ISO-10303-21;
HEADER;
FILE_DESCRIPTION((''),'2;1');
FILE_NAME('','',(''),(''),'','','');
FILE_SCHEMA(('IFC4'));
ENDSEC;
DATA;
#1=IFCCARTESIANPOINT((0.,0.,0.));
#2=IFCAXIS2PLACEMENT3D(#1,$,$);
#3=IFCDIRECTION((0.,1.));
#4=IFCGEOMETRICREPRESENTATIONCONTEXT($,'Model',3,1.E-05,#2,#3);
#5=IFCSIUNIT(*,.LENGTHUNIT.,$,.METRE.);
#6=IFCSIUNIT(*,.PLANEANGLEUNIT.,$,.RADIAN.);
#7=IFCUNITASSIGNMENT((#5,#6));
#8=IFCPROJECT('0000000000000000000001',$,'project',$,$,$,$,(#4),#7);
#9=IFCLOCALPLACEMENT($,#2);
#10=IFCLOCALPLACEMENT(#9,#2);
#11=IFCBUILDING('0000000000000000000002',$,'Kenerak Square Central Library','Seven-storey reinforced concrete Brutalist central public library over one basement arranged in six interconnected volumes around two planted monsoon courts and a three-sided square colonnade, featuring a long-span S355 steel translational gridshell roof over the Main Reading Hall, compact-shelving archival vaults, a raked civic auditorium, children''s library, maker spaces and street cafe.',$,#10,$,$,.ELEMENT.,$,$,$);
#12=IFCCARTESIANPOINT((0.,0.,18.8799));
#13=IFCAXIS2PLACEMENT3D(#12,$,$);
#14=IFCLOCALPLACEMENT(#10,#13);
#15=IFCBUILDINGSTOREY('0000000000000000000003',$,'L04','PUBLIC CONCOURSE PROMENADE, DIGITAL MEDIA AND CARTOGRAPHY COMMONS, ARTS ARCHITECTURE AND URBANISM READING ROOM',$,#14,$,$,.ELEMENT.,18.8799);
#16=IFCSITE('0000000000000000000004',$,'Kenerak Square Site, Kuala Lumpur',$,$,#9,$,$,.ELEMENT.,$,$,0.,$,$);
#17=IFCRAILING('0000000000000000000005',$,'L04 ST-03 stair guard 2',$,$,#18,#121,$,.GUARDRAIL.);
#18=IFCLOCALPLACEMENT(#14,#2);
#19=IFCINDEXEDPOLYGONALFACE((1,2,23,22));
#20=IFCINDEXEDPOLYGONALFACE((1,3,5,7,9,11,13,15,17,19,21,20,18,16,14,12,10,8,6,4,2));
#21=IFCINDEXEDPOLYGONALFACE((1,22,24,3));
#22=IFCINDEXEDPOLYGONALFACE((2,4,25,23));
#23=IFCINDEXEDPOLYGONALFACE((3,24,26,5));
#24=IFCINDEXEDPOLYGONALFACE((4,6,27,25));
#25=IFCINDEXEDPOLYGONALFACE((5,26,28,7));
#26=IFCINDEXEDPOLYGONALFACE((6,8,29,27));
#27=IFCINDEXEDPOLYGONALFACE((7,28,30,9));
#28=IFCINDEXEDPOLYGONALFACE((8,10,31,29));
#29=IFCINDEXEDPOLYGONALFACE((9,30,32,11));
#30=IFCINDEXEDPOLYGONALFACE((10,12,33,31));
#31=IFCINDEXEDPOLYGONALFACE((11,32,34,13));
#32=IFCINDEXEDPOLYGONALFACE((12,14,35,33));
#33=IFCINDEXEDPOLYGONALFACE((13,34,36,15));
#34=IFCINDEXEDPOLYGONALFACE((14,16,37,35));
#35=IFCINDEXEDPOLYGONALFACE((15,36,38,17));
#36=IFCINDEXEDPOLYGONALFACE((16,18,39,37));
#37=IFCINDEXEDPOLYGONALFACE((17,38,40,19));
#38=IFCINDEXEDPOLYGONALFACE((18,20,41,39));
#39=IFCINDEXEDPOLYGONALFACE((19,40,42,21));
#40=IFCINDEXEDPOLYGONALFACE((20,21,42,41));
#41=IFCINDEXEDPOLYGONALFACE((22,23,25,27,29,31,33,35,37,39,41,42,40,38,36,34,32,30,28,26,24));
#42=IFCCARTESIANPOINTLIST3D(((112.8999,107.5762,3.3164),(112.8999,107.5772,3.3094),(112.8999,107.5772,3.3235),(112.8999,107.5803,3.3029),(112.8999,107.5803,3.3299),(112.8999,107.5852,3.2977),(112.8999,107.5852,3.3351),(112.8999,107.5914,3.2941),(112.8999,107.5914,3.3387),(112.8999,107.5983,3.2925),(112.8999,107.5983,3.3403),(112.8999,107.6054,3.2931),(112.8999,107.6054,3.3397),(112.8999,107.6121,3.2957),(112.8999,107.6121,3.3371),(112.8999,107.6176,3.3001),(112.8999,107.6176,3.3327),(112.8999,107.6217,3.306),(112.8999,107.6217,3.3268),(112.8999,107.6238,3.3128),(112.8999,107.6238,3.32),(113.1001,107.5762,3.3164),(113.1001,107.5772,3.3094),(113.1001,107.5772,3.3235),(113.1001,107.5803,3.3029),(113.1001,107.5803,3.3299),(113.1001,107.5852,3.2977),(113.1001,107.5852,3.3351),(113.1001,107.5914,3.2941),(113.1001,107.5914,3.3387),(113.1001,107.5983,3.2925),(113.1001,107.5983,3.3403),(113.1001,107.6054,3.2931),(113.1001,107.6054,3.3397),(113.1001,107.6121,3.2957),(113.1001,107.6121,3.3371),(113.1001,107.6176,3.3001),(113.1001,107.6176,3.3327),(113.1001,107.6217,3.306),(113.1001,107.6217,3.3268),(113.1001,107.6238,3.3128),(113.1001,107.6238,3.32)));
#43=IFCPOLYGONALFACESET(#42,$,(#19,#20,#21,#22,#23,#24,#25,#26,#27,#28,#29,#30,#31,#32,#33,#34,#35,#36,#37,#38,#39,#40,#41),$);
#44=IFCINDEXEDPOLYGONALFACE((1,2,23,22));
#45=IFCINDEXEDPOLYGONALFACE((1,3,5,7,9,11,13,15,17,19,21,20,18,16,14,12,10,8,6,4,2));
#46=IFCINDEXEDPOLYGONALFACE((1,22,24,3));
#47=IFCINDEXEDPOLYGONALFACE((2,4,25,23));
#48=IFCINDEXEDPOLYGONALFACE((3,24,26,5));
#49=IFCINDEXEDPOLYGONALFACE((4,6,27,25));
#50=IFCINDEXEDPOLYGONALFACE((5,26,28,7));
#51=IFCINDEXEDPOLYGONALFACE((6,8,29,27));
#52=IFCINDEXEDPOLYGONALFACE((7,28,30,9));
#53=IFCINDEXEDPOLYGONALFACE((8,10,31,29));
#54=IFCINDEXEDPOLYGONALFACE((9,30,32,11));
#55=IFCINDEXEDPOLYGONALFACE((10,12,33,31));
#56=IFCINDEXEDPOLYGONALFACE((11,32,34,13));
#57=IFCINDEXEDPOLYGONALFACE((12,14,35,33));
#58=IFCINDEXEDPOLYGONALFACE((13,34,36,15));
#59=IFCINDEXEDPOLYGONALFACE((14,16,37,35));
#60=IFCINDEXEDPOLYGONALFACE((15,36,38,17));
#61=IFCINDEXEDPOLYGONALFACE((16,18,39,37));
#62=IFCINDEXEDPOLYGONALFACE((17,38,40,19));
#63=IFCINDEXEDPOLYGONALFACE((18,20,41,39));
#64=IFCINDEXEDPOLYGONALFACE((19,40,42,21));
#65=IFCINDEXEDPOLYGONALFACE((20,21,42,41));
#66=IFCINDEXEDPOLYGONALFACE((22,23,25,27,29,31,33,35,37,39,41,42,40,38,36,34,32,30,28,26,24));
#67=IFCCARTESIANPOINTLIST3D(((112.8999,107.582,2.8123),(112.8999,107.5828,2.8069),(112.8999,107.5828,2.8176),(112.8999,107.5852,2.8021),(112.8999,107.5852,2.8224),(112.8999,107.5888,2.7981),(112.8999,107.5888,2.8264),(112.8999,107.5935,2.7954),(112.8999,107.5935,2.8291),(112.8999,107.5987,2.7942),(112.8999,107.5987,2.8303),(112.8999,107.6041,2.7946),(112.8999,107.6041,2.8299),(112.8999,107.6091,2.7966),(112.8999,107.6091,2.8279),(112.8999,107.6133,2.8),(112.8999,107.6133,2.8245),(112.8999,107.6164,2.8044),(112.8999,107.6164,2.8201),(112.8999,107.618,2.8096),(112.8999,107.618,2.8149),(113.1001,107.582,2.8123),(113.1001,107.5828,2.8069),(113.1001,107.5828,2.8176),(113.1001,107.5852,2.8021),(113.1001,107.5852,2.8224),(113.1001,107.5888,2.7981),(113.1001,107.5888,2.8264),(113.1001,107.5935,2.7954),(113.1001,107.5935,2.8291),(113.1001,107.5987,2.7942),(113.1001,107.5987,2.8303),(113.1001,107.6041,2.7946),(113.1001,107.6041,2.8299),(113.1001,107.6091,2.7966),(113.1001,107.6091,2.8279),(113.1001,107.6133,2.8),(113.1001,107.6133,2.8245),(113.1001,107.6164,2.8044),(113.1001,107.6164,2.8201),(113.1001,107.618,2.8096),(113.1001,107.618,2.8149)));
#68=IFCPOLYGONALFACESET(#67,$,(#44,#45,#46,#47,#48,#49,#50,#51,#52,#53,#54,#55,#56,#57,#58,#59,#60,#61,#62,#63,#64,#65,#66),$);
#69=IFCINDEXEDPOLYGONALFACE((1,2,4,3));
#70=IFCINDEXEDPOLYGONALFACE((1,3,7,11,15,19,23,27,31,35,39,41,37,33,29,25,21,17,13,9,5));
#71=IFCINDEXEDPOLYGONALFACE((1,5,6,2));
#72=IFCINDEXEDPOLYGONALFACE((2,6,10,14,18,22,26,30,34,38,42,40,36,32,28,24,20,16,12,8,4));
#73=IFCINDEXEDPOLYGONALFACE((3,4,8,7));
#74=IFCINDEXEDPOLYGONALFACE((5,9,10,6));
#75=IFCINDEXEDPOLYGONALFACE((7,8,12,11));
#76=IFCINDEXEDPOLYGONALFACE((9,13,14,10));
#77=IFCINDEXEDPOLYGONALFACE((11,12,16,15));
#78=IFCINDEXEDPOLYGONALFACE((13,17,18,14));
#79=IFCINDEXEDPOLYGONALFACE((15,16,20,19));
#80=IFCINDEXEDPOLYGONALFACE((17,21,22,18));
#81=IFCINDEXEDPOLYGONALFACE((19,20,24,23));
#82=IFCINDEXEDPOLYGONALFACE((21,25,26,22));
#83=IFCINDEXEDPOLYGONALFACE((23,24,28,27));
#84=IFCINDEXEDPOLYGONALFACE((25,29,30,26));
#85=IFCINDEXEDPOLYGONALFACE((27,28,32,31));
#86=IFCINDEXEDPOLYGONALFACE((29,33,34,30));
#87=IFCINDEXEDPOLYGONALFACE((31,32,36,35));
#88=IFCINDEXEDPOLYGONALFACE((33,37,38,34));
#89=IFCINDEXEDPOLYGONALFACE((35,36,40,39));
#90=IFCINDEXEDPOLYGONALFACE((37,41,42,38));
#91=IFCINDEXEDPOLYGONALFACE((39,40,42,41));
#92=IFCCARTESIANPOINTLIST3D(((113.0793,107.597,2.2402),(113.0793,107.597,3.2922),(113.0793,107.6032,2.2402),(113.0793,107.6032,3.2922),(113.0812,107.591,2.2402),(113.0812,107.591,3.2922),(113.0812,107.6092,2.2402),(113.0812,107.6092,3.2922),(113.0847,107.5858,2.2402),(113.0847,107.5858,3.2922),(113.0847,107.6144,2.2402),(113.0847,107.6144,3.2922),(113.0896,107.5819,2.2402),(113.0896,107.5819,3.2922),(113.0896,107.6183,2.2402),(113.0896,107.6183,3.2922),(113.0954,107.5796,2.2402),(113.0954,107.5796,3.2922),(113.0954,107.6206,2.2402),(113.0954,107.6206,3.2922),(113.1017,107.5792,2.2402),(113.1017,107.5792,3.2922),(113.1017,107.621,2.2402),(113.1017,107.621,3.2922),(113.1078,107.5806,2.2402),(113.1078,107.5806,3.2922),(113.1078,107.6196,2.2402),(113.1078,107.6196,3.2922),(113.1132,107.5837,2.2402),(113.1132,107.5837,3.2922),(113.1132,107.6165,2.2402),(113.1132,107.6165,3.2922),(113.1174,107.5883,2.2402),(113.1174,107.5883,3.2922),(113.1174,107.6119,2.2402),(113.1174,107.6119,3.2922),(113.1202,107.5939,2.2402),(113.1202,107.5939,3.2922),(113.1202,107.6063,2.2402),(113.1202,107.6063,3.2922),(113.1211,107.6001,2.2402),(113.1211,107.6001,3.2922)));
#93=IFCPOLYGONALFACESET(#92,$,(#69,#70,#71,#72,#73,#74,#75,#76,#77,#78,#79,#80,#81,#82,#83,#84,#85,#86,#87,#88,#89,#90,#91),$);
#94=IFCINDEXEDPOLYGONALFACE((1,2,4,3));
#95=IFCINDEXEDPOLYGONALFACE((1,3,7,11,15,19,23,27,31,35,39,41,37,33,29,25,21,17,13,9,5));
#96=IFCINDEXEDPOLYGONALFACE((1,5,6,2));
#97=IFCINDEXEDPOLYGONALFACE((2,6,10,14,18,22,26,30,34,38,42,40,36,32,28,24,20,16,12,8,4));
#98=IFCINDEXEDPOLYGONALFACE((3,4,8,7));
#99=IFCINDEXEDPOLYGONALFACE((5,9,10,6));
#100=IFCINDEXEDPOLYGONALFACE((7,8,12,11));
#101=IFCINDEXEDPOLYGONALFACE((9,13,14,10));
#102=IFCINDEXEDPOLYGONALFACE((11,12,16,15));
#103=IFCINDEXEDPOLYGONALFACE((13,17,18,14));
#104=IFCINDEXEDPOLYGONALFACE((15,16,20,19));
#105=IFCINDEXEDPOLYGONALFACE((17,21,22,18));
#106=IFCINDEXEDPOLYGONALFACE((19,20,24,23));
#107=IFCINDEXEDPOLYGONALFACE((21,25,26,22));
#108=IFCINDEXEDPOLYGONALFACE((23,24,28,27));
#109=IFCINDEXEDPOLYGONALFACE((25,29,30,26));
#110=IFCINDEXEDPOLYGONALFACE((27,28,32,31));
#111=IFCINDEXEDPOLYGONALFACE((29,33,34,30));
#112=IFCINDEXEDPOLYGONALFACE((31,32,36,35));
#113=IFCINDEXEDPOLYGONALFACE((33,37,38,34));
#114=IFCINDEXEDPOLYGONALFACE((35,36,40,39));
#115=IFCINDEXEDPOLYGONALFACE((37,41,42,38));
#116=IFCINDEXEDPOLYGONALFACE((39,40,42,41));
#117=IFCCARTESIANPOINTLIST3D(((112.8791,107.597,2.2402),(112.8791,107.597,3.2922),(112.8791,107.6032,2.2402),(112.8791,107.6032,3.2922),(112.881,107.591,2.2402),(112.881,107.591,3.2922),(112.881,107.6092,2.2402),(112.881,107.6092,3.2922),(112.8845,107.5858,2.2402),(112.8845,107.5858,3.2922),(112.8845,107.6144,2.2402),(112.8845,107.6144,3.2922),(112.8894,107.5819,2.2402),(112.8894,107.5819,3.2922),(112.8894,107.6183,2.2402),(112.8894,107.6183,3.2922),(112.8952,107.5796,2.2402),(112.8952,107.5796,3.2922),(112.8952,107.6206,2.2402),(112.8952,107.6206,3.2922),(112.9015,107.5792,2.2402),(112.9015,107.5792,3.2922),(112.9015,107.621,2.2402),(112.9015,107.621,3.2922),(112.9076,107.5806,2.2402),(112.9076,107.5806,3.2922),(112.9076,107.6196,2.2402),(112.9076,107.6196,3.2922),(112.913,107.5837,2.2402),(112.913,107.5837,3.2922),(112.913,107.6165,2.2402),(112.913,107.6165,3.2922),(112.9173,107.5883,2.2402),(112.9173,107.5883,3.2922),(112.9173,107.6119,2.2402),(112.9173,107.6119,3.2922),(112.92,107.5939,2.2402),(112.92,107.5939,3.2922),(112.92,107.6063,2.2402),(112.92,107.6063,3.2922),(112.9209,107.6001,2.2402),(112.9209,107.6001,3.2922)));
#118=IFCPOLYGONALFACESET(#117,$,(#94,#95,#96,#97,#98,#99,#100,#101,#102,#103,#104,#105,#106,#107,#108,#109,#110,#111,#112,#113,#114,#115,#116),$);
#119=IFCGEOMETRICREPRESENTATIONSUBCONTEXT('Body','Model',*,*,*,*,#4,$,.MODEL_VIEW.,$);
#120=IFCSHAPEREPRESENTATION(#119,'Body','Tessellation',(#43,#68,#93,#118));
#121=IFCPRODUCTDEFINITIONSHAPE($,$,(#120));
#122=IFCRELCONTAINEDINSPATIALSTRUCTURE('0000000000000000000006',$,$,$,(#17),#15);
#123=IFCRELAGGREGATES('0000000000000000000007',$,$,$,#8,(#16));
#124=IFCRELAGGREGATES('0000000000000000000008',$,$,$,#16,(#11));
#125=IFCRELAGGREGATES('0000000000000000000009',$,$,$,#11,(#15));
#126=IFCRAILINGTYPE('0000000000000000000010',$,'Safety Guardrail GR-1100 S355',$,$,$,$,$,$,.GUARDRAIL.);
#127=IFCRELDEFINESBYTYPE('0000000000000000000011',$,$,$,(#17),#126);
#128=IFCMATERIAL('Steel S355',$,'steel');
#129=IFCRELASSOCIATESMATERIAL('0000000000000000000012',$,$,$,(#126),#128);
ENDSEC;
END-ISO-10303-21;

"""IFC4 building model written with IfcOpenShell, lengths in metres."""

from ifc_helpers import new_model, si_unit, direction, frame, origin, origin_2d, place, context, subcontext, project, spatial, circle, extrude, material, type_object, element, save


model = new_model("IFC4")

# Units and contexts
model_context = context("Model", 3, precision=1e-05, world=origin(), true_north=direction((0.0, 1.0)))
body_context = subcontext(model_context, "Body", "Model", "MODEL_VIEW")
ifc_project = project(units=[si_unit("LENGTHUNIT", "METRE"), si_unit("PLANEANGLEUNIT", "RADIAN")], contexts=[model_context])

# Site, building, storey
site_placement = place(None, origin())
site = spatial("IfcSite", under=ifc_project, at=site_placement, Name="Kenerak Square Site, Kuala Lumpur", CompositionType="ELEMENT", RefElevation=0.0)
building_placement = place(site_placement, origin())
building = spatial("IfcBuilding", under=site, at=building_placement, Name="Kenerak Square Central Library", Description="Seven-storey reinforced concrete Brutalist central public library over one basement arranged in six interconnected volumes around two planted monsoon courts and a three-sided square colonnade, featuring a long-span S355 steel translational gridshell roof over the Main Reading Hall, compact-shelving archival vaults, a raked civic auditorium, children's library, maker spaces and street cafe.", CompositionType="ELEMENT")
storey_placement = place(building_placement, frame((0.0, 0.0, 18.8799)))
storey = spatial("IfcBuildingStorey", under=building, at=storey_placement, Name="L04", Description="PUBLIC CONCOURSE PROMENADE, DIGITAL MEDIA AND CARTOGRAPHY COMMONS, ARTS ARCHITECTURE AND URBANISM READING ROOM", CompositionType="ELEMENT", Elevation=18.8799)

# Railing
ifc_material_1 = material(Name="Steel S355", Category="steel")
railing_type_1 = type_object("IfcRailingType", Name="Safety Guardrail GR-1100 S355", PredefinedType="GUARDRAIL", material=ifc_material_1)
railing_1_placement = place(storey_placement, frame((113.1001, 107.6001, 2.2402)))
element("IfcRailing", 1, at=railing_1_placement, inside=storey, type_object=railing_type_1, Name="L04 ST-03 stair guard 2", PredefinedType="GUARDRAIL", context=body_context, shape_type="SweptSolid", body=[
    extrude(circle(Radius=0.0239, at=origin_2d()), frame((0.0, 0.0, 1.0762), z_axis=(-1.0, 0.0, 0.0), x_axis=(0.0, -1.0, 0.0)), (0.0, 0.0, 1.0), 0.2002),
    extrude(circle(Radius=0.0181, at=origin_2d()), frame((0.0, 0.0, 0.572), z_axis=(-1.0, 0.0, 0.0), x_axis=(0.0, -1.0, 0.0)), (0.0, 0.0, 1.0), 0.2002),
    extrude(circle(Radius=0.021, at=origin_2d()), origin(), (0.0, 0.0, 1.0), 1.052),
    extrude(circle(Radius=0.021, at=origin_2d()), frame((-0.2002, 0.0, 0.0)), (0.0, 0.0, 1.0), 1.052),
])

save(model, "model.ifc")
